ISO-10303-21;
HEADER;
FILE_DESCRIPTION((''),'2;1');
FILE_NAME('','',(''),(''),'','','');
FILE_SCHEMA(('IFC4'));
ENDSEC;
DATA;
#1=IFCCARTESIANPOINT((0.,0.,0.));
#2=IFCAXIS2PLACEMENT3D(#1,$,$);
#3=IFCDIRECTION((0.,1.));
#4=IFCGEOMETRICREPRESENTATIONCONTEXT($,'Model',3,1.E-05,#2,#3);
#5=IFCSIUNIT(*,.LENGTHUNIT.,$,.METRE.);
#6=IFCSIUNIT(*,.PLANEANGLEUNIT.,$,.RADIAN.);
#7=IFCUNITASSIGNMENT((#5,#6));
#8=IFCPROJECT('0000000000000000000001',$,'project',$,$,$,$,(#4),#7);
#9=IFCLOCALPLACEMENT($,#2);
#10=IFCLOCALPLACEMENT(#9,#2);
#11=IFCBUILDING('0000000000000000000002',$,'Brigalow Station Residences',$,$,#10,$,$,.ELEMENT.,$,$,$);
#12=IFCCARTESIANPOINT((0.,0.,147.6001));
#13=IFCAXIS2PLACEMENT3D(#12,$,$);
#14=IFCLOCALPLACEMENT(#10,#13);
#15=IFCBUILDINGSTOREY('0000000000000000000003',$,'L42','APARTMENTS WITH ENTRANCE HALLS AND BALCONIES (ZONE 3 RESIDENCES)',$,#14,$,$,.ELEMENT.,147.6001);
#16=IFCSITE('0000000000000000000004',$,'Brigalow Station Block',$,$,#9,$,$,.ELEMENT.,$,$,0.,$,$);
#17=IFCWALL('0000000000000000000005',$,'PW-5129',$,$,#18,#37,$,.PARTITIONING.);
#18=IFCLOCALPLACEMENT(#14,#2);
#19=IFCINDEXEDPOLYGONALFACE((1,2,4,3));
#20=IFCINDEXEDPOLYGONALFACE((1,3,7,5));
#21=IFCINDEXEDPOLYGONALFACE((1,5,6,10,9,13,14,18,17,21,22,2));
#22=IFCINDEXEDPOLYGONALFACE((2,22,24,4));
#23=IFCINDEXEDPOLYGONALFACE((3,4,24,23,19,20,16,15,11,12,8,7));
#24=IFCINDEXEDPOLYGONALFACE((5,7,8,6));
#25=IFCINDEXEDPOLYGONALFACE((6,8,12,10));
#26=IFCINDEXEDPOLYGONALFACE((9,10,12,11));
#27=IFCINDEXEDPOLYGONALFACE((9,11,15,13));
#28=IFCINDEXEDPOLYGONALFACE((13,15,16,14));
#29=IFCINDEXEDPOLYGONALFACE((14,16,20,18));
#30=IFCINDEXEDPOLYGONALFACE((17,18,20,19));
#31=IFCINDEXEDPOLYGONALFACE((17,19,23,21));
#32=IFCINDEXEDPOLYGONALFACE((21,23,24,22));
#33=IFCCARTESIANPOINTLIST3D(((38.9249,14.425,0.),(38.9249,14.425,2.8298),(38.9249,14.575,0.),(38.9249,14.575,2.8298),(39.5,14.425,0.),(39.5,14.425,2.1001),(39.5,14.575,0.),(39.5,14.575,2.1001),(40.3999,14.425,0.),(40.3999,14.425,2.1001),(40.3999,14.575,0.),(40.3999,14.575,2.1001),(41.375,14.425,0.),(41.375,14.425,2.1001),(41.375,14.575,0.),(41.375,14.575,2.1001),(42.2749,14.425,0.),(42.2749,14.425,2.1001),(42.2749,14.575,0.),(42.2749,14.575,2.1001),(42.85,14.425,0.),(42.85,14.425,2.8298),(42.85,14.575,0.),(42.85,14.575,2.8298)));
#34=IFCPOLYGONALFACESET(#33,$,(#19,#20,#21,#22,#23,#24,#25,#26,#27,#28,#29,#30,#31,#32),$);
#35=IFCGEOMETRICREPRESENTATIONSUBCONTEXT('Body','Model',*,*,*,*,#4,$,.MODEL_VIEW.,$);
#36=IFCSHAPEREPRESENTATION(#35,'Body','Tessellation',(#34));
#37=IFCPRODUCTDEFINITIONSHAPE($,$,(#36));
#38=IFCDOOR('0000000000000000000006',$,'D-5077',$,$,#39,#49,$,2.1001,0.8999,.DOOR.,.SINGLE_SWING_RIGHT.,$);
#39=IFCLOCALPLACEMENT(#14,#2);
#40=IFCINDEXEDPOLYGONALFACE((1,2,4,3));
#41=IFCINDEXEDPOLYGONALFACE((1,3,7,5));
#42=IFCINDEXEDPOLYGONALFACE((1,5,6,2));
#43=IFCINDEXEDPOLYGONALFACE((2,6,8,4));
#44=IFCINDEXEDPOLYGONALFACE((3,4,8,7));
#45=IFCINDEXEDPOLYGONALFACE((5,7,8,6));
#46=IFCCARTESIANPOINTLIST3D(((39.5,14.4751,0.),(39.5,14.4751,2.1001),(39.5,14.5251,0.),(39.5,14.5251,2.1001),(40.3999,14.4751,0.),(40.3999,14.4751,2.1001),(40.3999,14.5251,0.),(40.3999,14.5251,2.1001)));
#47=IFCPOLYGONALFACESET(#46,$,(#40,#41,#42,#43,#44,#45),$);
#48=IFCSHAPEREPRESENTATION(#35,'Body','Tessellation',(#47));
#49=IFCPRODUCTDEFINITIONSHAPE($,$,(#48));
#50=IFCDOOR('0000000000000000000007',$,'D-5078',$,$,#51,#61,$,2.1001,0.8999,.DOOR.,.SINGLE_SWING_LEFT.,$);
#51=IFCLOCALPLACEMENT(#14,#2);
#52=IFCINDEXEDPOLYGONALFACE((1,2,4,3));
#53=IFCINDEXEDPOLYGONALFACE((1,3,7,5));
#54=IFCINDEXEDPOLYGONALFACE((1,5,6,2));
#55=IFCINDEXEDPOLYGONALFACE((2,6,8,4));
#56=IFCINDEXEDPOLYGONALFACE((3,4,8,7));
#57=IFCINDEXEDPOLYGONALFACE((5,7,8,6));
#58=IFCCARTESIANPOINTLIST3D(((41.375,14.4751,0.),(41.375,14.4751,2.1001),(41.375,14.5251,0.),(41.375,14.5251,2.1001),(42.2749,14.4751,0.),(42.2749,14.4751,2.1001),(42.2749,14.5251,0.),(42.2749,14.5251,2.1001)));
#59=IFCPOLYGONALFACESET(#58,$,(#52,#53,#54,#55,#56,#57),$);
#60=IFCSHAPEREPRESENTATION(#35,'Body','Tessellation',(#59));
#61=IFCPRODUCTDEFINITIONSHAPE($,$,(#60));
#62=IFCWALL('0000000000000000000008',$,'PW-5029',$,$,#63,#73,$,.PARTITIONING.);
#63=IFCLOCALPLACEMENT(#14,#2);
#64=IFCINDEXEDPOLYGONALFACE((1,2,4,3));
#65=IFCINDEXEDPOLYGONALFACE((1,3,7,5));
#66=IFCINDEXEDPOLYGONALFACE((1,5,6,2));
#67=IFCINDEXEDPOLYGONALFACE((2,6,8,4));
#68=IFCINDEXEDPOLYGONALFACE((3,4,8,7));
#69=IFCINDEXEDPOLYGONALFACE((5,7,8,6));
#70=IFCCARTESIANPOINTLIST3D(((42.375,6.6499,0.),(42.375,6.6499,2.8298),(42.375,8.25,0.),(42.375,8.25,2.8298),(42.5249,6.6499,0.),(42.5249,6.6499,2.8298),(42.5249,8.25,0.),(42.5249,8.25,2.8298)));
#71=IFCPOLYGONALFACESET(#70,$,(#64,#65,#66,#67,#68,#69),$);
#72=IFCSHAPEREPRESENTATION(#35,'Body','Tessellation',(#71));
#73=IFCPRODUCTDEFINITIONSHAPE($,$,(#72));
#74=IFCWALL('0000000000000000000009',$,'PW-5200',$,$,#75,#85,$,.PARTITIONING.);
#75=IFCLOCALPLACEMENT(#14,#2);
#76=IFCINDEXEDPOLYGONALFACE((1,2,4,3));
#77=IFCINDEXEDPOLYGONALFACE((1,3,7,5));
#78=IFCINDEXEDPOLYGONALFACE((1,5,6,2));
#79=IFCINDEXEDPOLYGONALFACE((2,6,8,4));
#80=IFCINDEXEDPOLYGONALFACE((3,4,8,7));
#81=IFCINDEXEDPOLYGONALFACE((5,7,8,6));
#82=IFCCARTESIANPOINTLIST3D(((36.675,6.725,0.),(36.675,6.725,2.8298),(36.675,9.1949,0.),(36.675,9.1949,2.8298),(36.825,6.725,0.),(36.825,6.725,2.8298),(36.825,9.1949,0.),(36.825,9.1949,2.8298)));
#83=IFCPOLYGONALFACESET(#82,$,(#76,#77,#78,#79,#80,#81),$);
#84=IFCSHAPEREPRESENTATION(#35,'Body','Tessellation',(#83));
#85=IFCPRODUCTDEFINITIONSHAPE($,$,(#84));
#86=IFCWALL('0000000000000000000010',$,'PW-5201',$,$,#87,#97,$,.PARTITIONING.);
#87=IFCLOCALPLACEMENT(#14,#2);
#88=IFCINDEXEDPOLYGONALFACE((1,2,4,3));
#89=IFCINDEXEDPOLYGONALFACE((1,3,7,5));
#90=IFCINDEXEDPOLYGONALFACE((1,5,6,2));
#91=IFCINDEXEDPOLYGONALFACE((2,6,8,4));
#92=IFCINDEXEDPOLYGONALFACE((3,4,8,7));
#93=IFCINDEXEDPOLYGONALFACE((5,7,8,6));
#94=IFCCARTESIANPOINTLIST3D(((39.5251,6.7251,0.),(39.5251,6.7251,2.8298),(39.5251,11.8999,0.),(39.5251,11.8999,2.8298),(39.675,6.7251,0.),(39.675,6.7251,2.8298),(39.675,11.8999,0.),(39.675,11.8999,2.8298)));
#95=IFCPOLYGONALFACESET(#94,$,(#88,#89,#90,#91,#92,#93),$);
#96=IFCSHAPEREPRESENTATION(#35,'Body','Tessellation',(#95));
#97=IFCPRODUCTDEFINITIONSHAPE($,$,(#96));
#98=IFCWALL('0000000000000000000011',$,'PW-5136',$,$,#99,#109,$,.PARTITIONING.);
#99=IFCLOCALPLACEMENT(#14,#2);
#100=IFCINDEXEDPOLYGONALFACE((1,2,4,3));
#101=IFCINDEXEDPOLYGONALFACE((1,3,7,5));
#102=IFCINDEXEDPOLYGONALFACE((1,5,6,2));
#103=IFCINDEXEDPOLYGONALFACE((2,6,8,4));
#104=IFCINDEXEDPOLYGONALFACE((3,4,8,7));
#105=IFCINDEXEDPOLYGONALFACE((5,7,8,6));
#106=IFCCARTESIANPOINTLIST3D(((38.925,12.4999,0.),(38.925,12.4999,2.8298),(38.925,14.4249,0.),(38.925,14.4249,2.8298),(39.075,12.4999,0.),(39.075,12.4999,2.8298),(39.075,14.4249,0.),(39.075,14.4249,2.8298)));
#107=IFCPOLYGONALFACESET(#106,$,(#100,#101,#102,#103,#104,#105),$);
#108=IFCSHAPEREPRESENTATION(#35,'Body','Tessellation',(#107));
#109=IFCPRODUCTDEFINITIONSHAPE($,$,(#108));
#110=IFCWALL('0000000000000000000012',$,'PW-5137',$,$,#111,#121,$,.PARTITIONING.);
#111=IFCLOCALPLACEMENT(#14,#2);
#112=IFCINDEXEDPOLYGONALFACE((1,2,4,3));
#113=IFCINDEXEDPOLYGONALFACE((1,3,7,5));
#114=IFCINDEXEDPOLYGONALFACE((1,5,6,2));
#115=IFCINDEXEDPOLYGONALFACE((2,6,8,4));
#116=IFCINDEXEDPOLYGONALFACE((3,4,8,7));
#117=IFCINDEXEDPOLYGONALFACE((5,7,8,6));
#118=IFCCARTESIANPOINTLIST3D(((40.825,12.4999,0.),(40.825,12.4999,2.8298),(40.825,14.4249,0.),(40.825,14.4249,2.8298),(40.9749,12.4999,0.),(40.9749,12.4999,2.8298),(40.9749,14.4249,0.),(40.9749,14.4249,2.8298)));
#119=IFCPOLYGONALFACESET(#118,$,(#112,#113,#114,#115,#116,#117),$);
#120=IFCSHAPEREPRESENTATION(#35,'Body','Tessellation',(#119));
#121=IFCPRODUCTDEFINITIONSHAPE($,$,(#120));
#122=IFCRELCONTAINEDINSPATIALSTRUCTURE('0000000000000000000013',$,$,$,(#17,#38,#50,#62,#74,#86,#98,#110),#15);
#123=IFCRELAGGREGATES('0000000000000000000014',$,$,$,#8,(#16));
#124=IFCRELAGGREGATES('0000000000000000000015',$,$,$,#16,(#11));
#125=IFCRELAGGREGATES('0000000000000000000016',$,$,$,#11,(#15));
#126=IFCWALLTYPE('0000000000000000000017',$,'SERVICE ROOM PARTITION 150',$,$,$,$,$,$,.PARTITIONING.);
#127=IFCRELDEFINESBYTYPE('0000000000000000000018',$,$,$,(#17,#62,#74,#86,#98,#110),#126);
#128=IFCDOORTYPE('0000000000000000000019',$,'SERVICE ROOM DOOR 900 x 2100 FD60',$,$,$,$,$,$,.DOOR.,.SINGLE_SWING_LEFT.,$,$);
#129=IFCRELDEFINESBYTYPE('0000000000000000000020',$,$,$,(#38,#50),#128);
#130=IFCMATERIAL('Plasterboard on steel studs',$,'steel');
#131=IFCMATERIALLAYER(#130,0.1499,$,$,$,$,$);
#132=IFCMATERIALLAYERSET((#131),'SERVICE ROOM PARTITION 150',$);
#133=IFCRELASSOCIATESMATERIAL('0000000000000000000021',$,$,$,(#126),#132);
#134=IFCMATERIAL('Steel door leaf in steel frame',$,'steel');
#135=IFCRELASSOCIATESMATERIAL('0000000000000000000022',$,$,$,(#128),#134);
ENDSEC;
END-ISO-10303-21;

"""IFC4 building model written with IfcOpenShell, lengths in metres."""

from ifc_helpers import new_model, si_unit, direction, frame, frame_2d, origin, place, context, subcontext, project, spatial, rectangle, extrude, material, layer, layer_set, type_object, element, fill, save


model = new_model("IFC4")

# Units and contexts
model_context = context("Model", 3, precision=1e-05, world=origin(), true_north=direction((0.0, 1.0)))
body_context = subcontext(model_context, "Body", "Model", "MODEL_VIEW")
ifc_project = project(units=[si_unit("LENGTHUNIT", "METRE"), si_unit("PLANEANGLEUNIT", "RADIAN")], contexts=[model_context])

# Site, building, storey
site_placement = place(None, origin())
site = spatial("IfcSite", under=ifc_project, at=site_placement, Name="Brigalow Station Block", CompositionType="ELEMENT", RefElevation=0.0)
building_placement = place(site_placement, origin())
building = spatial("IfcBuilding", under=site, at=building_placement, Name="Brigalow Station Residences", CompositionType="ELEMENT")
storey_placement = place(building_placement, frame((0.0, 0.0, 147.6001)))
storey = spatial("IfcBuildingStorey", under=building, at=storey_placement, Name="L42", Description="APARTMENTS WITH ENTRANCE HALLS AND BALCONIES (ZONE 3 RESIDENCES)", CompositionType="ELEMENT", Elevation=147.6001)

# Shared definitions
ifc_material_1 = material(Name="Plasterboard on steel studs", Category="steel")
ifc_layer_1 = layer(ifc_material_1, 0.1499)
ifc_layer_set_1 = layer_set([ifc_layer_1], Name="SERVICE ROOM PARTITION 150")
wall_type_1 = type_object("IfcWallType", Name="SERVICE ROOM PARTITION 150", PredefinedType="PARTITIONING", material=ifc_layer_set_1)
ifc_material_2 = material(Name="Steel door leaf in steel frame", Category="steel")
door_type_1 = type_object("IfcDoorType", Name="SERVICE ROOM DOOR 900 x 2100 FD60", OperationType="SINGLE_SWING_LEFT", PredefinedType="DOOR", material=ifc_material_2)

# Wall, openings, doors
wall_1_placement = place(storey_placement, frame((38.925, 14.5, 0.0), z_axis=(0.0, 0.0, 1.0), x_axis=(1.0, 0.0, 0.0)))
wall_1 = element("IfcWall", 1, at=wall_1_placement, inside=storey, type_object=wall_type_1, Name="PW-5129", PredefinedType="PARTITIONING", context=body_context, shape_type="SweptSolid", body=[
    extrude(rectangle(XDim=3.925, YDim=0.1499, at=frame_2d((1.9624, 0.0))), origin(), (0.0, 0.0, 1.0), 2.8298),
])
opening_1_placement = place(wall_1_placement, frame((0.575, 0.0, 0.0)))
opening_1 = element("IfcOpeningElement", 2, at=opening_1_placement, cuts=wall_1, PredefinedType="OPENING", context=body_context, shape_type="SweptSolid", body=[
    extrude(rectangle(XDim=0.8999, YDim=2.1001, at=frame_2d((0.45, 1.05))), frame((0.0, 0.085, 0.0), z_axis=(0.0, -1.0, 0.0), x_axis=(1.0, 0.0, 0.0)), (0.0, 0.0, 1.0), 0.1699),
])
opening_2_placement = place(wall_1_placement, frame((2.45, 0.0, 0.0)))
opening_2 = element("IfcOpeningElement", 3, at=opening_2_placement, cuts=wall_1, PredefinedType="OPENING", context=body_context, shape_type="SweptSolid", body=[
    extrude(rectangle(XDim=0.8999, YDim=2.1001, at=frame_2d((0.45, 1.05))), frame((0.0, 0.085, 0.0), z_axis=(0.0, -1.0, 0.0), x_axis=(1.0, 0.0, 0.0)), (0.0, 0.0, 1.0), 0.1699),
])
door_1_placement = place(opening_1_placement, frame((0.8999, 0.0, 0.0), z_axis=(0.0, 0.0, 1.0), x_axis=(-1.0, 0.0, 0.0)))
door_1 = element("IfcDoor", 4, at=door_1_placement, inside=storey, type_object=door_type_1, Name="D-5077", OperationType="SINGLE_SWING_RIGHT", OverallHeight=2.1001, OverallWidth=0.8999, PredefinedType="DOOR", context=body_context, shape_type="SweptSolid", body=[
    extrude(rectangle(XDim=0.8999, YDim=2.1001, at=frame_2d((0.45, 1.05))), frame((0.0, 0.0249, 0.0), z_axis=(0.0, -1.0, 0.0), x_axis=(1.0, 0.0, 0.0)), (0.0, 0.0, 1.0), 0.05),
])
fill(opening_1, door_1)
door_2_placement = place(opening_2_placement, frame((0.8999, 0.0, 0.0), z_axis=(0.0, 0.0, 1.0), x_axis=(-1.0, 0.0, 0.0)))
door_2 = element("IfcDoor", 5, at=door_2_placement, inside=storey, type_object=door_type_1, Name="D-5078", OperationType="SINGLE_SWING_LEFT", OverallHeight=2.1001, OverallWidth=0.8999, PredefinedType="DOOR", context=body_context, shape_type="SweptSolid", body=[
    extrude(rectangle(XDim=0.8999, YDim=2.1001, at=frame_2d((0.45, 1.05))), frame((0.0, 0.0249, 0.0), z_axis=(0.0, -1.0, 0.0), x_axis=(1.0, 0.0, 0.0)), (0.0, 0.0, 1.0), 0.05),
])
fill(opening_2, door_2)

# Walls
wall_2_placement = place(storey_placement, frame((42.45, 6.6499, 0.0), z_axis=(0.0, 0.0, 1.0), x_axis=(0.0, 1.0, 0.0)))
element("IfcWall", 6, at=wall_2_placement, inside=storey, type_object=wall_type_1, Name="PW-5029", PredefinedType="PARTITIONING", context=body_context, shape_type="SweptSolid", body=[
    extrude(rectangle(XDim=1.6001, YDim=0.1499, at=frame_2d((0.8, 0.0))), origin(), (0.0, 0.0, 1.0), 2.8298),
])
wall_3_placement = place(storey_placement, frame((36.75, 6.7251, 0.0), z_axis=(0.0, 0.0, 1.0), x_axis=(0.0, 1.0, 0.0)))
element("IfcWall", 7, at=wall_3_placement, inside=storey, type_object=wall_type_1, Name="PW-5200", PredefinedType="PARTITIONING", context=body_context, shape_type="SweptSolid", body=[
    extrude(rectangle(XDim=2.47, YDim=0.1499, at=frame_2d((1.2349, 0.0))), origin(), (0.0, 0.0, 1.0), 2.8298),
])
wall_4_placement = place(storey_placement, frame((39.6001, 6.7251, 0.0), z_axis=(0.0, 0.0, 1.0), x_axis=(0.0, 1.0, 0.0)))
element("IfcWall", 8, at=wall_4_placement, inside=storey, type_object=wall_type_1, Name="PW-5201", PredefinedType="PARTITIONING", context=body_context, shape_type="SweptSolid", body=[
    extrude(rectangle(XDim=5.1748, YDim=0.1499, at=frame_2d((2.5874, 0.0))), origin(), (0.0, 0.0, 1.0), 2.8298),
])
for number, where, z_axis, x_axis, name in (
    (9, (39.0, 12.5, 0.0), (0.0, 0.0, 1.0), (0.0, 1.0, 0.0), "PW-5136"),
    (10, (40.8999, 12.5, 0.0), (0.0, 0.0, 1.0), (0.0, 1.0, 0.0), "PW-5137"),
):
    element("IfcWall", number, at=place(storey_placement, frame(where, z_axis=z_axis, x_axis=x_axis)), inside=storey, type_object=wall_type_1, Name=name, PredefinedType="PARTITIONING", context=body_context, shape_type="SweptSolid", body=[
        extrude(rectangle(XDim=1.925, YDim=0.1499, at=frame_2d((0.9624, 0.0))), origin(), (0.0, 0.0, 1.0), 2.8298),
    ])

save(model, "model.ifc")
